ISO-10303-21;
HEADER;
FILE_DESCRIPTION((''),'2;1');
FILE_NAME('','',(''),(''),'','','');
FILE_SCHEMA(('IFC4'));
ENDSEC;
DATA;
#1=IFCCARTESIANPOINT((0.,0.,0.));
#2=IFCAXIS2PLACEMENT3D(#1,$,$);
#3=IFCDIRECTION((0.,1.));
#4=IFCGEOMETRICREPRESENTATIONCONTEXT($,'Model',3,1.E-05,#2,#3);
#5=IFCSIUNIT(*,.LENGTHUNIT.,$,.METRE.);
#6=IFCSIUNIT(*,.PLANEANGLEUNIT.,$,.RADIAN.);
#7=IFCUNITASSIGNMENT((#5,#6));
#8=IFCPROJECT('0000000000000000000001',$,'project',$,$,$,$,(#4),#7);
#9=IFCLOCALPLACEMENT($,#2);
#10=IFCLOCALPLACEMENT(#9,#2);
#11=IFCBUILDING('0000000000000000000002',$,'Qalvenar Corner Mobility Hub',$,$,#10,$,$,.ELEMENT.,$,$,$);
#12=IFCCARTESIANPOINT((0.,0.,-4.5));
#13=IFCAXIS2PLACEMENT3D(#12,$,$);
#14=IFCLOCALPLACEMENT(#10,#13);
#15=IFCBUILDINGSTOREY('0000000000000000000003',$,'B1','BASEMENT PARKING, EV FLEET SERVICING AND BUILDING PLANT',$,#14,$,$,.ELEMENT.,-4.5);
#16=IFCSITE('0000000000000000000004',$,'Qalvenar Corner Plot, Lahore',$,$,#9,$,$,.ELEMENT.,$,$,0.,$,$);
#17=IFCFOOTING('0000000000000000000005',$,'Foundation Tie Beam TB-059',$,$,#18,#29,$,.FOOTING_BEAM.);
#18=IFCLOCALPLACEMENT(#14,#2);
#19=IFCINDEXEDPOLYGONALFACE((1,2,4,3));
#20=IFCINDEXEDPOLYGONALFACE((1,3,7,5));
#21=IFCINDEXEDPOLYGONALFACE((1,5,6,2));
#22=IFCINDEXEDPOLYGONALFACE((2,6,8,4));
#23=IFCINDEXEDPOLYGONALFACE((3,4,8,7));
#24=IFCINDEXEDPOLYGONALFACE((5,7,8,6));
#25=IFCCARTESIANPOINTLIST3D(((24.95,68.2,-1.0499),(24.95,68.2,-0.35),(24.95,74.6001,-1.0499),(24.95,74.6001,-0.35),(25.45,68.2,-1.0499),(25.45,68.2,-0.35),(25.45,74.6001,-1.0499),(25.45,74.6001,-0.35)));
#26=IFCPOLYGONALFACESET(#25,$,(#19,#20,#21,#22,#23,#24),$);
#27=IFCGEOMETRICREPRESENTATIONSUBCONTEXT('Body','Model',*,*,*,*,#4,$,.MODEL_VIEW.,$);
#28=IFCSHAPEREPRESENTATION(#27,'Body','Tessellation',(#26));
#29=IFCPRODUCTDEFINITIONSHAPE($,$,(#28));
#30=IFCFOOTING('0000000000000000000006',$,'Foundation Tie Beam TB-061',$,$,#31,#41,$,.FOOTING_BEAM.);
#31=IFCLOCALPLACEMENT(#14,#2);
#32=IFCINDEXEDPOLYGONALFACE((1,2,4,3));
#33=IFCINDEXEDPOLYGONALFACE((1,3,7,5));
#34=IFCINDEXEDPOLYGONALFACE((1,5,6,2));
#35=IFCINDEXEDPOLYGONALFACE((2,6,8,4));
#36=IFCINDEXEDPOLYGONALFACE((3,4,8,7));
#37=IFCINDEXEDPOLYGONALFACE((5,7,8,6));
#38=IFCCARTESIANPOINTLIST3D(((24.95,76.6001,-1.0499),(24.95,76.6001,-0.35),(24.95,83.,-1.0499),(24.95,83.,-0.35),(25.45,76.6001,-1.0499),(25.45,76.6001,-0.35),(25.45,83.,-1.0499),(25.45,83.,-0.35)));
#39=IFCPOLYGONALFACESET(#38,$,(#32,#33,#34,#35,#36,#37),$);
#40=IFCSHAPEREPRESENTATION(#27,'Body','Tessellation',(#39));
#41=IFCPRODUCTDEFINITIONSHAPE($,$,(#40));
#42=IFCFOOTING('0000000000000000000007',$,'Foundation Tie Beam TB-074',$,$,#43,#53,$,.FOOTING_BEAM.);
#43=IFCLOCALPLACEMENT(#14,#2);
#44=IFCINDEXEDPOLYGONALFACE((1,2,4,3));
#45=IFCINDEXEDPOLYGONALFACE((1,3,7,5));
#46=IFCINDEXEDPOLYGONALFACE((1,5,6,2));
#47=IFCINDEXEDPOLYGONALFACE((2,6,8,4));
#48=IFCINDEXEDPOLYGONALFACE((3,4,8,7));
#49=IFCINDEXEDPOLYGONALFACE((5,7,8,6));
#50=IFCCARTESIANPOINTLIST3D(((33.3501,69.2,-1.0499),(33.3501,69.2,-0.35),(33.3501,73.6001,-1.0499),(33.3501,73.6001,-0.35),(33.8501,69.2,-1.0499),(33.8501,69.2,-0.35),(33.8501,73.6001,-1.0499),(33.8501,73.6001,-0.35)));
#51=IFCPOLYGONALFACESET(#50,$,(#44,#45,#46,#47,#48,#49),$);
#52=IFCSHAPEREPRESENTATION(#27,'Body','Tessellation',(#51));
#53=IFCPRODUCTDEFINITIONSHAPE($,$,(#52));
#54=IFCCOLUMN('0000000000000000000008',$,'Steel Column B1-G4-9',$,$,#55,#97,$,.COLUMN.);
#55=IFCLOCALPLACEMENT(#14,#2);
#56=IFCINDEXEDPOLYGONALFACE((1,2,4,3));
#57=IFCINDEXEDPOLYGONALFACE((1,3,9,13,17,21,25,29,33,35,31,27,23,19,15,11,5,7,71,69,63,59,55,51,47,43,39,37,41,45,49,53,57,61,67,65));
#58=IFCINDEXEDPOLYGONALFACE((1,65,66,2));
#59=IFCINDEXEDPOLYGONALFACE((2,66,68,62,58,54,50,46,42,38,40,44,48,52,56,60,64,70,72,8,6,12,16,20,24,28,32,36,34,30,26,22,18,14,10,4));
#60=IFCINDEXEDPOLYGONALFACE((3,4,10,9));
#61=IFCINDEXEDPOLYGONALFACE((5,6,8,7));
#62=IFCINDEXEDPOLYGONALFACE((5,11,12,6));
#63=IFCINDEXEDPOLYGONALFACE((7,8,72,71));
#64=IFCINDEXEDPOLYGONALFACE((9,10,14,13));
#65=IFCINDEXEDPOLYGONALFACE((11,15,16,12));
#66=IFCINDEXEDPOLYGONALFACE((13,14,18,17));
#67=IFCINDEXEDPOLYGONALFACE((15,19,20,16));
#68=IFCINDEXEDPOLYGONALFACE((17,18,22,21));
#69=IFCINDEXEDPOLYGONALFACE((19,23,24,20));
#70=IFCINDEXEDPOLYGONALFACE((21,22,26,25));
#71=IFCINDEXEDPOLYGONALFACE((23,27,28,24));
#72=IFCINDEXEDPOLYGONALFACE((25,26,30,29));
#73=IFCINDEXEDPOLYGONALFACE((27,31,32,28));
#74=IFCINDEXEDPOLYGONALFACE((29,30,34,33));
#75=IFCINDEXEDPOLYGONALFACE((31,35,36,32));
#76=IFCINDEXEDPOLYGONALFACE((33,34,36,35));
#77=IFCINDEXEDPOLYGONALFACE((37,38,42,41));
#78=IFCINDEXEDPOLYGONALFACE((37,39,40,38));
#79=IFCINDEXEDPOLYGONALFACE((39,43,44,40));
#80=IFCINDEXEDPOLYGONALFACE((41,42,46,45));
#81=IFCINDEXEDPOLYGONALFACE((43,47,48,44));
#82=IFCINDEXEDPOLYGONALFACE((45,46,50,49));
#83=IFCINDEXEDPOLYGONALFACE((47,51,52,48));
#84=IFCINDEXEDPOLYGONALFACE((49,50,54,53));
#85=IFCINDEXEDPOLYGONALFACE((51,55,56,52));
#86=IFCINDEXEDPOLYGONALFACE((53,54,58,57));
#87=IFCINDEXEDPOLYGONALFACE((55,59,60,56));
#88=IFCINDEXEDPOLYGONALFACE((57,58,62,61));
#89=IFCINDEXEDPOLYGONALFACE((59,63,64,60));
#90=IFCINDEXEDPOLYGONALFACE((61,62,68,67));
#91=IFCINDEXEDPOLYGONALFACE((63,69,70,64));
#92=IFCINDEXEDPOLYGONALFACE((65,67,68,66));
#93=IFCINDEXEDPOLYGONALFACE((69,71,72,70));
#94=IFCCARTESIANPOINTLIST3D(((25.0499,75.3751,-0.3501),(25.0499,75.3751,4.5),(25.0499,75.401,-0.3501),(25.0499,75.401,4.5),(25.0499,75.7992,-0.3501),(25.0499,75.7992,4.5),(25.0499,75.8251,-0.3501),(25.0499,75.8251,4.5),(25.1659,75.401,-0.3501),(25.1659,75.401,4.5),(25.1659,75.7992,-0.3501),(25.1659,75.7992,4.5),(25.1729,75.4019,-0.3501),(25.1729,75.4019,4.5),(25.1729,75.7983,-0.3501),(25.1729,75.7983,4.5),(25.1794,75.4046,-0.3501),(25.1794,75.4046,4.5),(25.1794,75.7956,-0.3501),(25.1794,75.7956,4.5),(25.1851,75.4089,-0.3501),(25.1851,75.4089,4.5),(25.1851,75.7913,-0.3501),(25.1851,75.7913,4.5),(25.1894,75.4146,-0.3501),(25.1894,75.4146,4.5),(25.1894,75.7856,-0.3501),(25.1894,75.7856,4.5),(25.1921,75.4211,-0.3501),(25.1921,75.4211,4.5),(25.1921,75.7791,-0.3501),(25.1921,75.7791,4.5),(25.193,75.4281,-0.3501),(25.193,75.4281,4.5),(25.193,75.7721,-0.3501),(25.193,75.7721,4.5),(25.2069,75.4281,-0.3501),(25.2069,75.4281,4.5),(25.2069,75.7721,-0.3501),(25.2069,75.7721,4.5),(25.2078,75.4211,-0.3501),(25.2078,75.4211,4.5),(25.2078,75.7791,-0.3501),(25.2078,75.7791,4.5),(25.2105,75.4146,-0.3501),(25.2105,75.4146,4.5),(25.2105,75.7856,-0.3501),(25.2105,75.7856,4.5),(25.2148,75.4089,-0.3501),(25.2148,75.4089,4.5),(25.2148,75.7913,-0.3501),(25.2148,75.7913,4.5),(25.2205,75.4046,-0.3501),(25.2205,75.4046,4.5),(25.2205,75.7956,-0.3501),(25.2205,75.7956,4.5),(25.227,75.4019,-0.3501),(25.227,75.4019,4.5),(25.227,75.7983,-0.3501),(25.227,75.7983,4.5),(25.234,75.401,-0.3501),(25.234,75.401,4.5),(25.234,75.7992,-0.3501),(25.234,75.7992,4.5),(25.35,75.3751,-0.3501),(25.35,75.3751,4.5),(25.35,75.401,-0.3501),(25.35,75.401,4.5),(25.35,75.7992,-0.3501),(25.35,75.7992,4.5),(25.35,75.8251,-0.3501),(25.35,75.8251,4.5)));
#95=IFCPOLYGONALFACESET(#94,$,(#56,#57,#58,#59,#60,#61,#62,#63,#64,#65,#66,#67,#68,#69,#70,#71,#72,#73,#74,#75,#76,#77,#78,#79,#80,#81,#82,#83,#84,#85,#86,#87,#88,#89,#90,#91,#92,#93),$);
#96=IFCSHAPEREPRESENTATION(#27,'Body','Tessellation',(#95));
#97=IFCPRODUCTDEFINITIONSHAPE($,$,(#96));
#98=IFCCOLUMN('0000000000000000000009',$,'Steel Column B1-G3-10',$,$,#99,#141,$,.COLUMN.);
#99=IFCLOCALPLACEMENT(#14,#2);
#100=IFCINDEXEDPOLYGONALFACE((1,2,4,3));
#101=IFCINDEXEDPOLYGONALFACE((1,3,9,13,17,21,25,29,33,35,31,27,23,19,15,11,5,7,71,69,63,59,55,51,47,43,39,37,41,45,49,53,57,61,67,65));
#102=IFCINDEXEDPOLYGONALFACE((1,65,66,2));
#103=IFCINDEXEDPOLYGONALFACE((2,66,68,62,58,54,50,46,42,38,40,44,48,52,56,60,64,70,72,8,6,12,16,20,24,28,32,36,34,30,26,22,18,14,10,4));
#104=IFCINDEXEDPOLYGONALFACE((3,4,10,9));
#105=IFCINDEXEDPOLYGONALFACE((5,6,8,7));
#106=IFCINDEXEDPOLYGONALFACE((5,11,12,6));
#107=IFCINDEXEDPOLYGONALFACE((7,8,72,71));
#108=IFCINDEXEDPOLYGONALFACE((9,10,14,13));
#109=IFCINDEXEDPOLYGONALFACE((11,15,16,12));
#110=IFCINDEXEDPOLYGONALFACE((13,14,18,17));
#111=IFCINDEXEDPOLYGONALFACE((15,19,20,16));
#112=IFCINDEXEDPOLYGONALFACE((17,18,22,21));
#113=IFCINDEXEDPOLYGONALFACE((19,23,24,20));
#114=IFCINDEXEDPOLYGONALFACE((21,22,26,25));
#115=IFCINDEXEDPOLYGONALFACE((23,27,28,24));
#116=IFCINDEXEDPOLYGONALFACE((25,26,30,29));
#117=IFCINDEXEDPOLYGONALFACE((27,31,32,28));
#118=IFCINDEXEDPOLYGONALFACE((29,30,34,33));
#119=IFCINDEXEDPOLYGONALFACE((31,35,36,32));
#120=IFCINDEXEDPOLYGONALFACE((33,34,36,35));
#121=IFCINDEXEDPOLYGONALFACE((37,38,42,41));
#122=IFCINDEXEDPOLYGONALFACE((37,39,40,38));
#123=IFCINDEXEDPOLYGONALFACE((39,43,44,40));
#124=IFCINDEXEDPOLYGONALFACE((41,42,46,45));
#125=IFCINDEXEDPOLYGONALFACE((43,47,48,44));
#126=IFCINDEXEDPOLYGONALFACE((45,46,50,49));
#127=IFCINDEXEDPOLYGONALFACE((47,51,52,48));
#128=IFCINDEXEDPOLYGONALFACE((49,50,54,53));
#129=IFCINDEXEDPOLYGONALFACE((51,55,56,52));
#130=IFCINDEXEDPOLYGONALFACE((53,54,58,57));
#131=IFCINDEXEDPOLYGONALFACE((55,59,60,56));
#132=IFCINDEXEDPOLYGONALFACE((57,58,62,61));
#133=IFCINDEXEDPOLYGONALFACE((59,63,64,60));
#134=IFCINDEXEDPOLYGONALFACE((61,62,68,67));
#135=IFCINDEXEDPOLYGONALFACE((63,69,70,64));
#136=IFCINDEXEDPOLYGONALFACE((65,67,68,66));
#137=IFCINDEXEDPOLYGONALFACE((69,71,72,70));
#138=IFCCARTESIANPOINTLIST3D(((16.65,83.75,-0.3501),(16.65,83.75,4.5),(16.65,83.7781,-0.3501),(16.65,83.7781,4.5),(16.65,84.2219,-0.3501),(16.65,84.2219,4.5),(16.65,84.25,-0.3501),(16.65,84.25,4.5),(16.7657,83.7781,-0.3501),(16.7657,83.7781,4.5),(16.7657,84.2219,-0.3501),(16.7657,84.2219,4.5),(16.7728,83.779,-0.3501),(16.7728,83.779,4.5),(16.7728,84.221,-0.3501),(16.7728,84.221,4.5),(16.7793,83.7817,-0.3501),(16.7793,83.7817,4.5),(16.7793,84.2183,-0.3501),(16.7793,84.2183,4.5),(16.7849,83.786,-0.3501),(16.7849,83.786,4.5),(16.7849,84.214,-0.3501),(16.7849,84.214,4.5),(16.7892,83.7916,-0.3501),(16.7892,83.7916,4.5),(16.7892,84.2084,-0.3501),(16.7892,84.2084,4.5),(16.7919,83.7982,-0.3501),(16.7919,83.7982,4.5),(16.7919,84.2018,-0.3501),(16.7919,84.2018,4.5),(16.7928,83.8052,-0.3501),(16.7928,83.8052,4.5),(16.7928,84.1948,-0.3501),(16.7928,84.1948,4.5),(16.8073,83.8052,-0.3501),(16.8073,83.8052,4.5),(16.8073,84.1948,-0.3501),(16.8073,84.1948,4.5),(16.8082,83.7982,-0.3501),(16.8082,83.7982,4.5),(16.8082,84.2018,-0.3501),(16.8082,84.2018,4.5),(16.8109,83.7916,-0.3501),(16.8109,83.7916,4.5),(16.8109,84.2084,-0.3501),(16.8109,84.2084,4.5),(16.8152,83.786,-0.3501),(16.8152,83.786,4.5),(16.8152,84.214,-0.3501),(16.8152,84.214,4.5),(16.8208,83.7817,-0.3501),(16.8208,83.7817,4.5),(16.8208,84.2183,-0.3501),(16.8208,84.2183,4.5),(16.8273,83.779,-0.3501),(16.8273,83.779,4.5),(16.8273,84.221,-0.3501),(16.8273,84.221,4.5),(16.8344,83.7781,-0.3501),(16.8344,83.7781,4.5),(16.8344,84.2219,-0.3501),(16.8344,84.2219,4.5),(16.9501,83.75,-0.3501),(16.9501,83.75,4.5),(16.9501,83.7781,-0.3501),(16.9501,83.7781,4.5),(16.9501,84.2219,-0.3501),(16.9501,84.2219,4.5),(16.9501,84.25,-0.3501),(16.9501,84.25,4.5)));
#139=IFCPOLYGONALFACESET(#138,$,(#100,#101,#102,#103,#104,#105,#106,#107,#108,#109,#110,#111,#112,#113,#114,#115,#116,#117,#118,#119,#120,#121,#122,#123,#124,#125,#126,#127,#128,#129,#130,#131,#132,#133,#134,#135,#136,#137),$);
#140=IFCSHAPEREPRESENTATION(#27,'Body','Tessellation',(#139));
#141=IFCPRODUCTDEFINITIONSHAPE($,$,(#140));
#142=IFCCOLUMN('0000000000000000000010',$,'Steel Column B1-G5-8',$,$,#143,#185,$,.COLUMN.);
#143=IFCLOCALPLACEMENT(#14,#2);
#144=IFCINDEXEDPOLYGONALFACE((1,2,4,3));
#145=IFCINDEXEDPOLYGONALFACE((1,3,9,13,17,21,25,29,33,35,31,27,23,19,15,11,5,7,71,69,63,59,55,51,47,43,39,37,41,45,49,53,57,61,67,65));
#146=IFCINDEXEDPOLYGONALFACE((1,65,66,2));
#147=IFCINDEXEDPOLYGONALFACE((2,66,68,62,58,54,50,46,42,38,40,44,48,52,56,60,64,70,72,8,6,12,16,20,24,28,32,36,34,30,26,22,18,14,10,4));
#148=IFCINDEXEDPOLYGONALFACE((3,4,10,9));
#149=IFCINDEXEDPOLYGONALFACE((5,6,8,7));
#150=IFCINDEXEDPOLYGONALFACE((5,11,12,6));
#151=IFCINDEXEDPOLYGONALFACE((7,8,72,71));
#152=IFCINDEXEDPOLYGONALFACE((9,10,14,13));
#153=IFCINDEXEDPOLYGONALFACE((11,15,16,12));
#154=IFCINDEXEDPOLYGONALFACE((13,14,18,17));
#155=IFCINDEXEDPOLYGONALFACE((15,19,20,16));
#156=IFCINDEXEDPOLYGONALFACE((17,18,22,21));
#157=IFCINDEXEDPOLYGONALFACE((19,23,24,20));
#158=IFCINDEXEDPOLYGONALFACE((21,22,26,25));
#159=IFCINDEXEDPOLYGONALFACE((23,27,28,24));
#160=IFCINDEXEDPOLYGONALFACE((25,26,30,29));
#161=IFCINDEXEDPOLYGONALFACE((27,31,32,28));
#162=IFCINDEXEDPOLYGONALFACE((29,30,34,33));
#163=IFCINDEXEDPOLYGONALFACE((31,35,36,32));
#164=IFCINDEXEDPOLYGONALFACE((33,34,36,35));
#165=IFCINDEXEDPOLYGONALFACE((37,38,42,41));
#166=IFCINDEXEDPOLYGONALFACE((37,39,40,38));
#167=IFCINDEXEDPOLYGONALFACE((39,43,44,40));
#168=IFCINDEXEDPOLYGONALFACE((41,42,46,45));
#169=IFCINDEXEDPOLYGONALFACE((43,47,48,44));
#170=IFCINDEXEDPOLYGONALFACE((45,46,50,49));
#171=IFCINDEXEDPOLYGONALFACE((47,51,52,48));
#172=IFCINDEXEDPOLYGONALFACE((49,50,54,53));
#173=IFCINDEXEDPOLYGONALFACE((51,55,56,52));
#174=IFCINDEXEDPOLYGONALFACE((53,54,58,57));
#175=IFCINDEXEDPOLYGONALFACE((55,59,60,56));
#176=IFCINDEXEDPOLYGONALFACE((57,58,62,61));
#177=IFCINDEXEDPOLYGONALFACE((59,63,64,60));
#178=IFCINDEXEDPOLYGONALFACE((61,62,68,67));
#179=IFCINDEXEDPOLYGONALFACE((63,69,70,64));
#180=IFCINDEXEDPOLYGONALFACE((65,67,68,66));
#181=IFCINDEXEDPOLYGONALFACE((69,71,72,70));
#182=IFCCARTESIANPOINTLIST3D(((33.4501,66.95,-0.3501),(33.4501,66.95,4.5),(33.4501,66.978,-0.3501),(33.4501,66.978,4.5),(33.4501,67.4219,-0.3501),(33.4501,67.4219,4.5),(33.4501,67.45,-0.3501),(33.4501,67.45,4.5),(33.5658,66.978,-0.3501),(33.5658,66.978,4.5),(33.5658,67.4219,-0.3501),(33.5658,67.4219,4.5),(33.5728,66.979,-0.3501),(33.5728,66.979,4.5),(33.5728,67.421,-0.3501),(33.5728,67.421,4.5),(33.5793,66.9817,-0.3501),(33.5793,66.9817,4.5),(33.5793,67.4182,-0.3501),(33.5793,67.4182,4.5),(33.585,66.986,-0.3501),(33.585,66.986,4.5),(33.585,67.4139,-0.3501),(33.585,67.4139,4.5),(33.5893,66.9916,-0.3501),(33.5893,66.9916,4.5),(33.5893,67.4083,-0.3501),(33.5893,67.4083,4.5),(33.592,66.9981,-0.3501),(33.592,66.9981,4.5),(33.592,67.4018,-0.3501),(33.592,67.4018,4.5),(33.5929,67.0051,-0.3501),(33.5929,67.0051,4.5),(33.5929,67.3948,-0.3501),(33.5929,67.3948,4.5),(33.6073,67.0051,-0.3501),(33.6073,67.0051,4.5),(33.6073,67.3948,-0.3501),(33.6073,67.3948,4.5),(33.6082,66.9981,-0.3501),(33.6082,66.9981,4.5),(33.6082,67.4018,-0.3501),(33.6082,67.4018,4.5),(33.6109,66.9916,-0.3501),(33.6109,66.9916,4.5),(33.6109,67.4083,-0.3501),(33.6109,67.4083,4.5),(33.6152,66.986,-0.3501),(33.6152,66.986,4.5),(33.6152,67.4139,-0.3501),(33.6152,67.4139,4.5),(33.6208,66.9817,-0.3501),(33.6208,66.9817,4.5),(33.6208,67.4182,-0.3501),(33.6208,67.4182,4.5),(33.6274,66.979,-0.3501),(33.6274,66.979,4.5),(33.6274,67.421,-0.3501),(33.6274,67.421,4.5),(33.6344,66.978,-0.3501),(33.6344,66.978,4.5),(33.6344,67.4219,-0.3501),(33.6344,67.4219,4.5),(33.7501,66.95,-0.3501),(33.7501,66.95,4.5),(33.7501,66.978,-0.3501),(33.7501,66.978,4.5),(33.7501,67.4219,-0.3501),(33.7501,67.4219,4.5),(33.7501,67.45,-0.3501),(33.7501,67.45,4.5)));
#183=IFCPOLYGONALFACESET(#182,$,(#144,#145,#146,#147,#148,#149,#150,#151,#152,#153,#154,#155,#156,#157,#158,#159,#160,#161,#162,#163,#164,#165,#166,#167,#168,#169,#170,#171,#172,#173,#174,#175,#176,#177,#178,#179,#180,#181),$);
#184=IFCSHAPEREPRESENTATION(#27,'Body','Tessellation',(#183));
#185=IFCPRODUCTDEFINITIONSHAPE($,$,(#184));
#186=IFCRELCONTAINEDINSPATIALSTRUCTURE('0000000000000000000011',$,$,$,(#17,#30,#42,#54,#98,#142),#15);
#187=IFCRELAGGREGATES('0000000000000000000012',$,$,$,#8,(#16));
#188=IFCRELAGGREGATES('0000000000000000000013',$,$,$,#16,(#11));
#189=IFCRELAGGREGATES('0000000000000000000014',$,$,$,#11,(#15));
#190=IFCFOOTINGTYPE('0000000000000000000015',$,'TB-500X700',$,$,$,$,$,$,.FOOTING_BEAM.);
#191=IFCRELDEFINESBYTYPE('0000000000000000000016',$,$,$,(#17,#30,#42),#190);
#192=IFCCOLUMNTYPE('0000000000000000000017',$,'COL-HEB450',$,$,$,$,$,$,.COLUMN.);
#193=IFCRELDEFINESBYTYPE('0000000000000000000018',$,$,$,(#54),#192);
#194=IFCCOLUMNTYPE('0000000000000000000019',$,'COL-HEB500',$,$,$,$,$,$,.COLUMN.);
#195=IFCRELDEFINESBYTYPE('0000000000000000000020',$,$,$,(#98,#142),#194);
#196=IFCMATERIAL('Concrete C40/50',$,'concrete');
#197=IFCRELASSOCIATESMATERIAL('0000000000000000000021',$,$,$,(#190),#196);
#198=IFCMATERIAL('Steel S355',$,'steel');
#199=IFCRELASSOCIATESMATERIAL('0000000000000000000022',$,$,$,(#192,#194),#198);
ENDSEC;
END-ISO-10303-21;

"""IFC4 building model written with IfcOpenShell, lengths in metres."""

from ifc_helpers import new_model, si_unit, direction, frame, origin, origin_2d, place, context, subcontext, project, spatial, rectangle, i_section, extrude, material, material_profile, profile_set, type_object, element, save


model = new_model("IFC4")

# Units and contexts
model_context = context("Model", 3, precision=1e-05, world=origin(), true_north=direction((0.0, 1.0)))
body_context = subcontext(model_context, "Body", "Model", "MODEL_VIEW")
ifc_project = project(units=[si_unit("LENGTHUNIT", "METRE"), si_unit("PLANEANGLEUNIT", "RADIAN")], contexts=[model_context])

# Site, building, storey
site_placement = place(None, origin())
site = spatial("IfcSite", under=ifc_project, at=site_placement, Name="Qalvenar Corner Plot, Lahore", CompositionType="ELEMENT", RefElevation=0.0)
building_placement = place(site_placement, origin())
building = spatial("IfcBuilding", under=site, at=building_placement, Name="Qalvenar Corner Mobility Hub", CompositionType="ELEMENT")
storey_placement = place(building_placement, frame((0.0, 0.0, -4.5)))
storey = spatial("IfcBuildingStorey", under=building, at=storey_placement, Name="B1", Description="BASEMENT PARKING, EV FLEET SERVICING AND BUILDING PLANT", CompositionType="ELEMENT", Elevation=-4.5)

# Shared definitions
ifc_material_1 = material(Name="Concrete C40/50", Category="concrete")

# Footings
ifc_material_profile_1 = material_profile(ifc_material_1, rectangle(XDim=0.5, YDim=0.7, at=origin_2d()), Name="RC500x700")
ifc_profile_set_1 = profile_set([ifc_material_profile_1], Name="Concrete C40/50")
footing_type_1 = type_object("IfcFootingType", Name="TB-500X700", PredefinedType="FOOTING_BEAM", material=ifc_profile_set_1)
footing_1_placement = place(storey_placement, frame((25.2, 68.2, -0.7), z_axis=(0.0, 1.0, 0.0), x_axis=(-1.0, 0.0, 0.0)))
element("IfcFooting", 1, at=footing_1_placement, inside=storey, type_object=footing_type_1, Name="Foundation Tie Beam TB-059", PredefinedType="FOOTING_BEAM", context=body_context, shape_type="SweptSolid", body=[
    extrude(rectangle(XDim=0.5, YDim=0.7, at=origin_2d()), origin(), (0.0, 0.0, 1.0), 6.4001),
])
footing_2_placement = place(storey_placement, frame((25.2, 76.6001, -0.7), z_axis=(0.0, 1.0, 0.0), x_axis=(-1.0, 0.0, 0.0)))
element("IfcFooting", 2, at=footing_2_placement, inside=storey, type_object=footing_type_1, Name="Foundation Tie Beam TB-061", PredefinedType="FOOTING_BEAM", context=body_context, shape_type="SweptSolid", body=[
    extrude(rectangle(XDim=0.5, YDim=0.7, at=origin_2d()), origin(), (0.0, 0.0, 1.0), 6.3999),
])
footing_3_placement = place(storey_placement, frame((33.6001, 69.2, -0.7), z_axis=(0.0, 1.0, 0.0), x_axis=(-1.0, 0.0, 0.0)))
element("IfcFooting", 3, at=footing_3_placement, inside=storey, type_object=footing_type_1, Name="Foundation Tie Beam TB-074", PredefinedType="FOOTING_BEAM", context=body_context, shape_type="SweptSolid", body=[
    extrude(rectangle(XDim=0.5, YDim=0.7, at=origin_2d()), origin(), (0.0, 0.0, 1.0), 4.4001),
])

# Columns
ifc_material_2 = material(Name="Steel S355", Category="steel")
ifc_material_profile_2 = material_profile(ifc_material_2, i_section(OverallWidth=0.3, OverallDepth=0.45, WebThickness=0.0139, FlangeThickness=0.0259, FilletRadius=0.0271, at=origin_2d()), Name="HEB450")
ifc_profile_set_2 = profile_set([ifc_material_profile_2], Name="Steel S355")
column_type_1 = type_object("IfcColumnType", Name="COL-HEB450", PredefinedType="COLUMN", material=ifc_profile_set_2)
column_placement = place(storey_placement, frame((25.2, 75.6001, -0.3501), z_axis=(0.0, 0.0, 1.0), x_axis=(1.0, 0.0, 0.0)))
element("IfcColumn", 4, at=column_placement, inside=storey, type_object=column_type_1, Name="Steel Column B1-G4-9", PredefinedType="COLUMN", context=body_context, shape_type="SweptSolid", body=[
    extrude(i_section(OverallWidth=0.3, OverallDepth=0.45, WebThickness=0.0139, FlangeThickness=0.0259, FilletRadius=0.0271, at=origin_2d()), origin(), (0.0, 0.0, 1.0), 4.8501),
])
ifc_material_profile_3 = material_profile(ifc_material_2, i_section(OverallWidth=0.3, OverallDepth=0.5, WebThickness=0.0144, FlangeThickness=0.0281, FilletRadius=0.0271, at=origin_2d()), Name="HEB500")
ifc_profile_set_3 = profile_set([ifc_material_profile_3], Name="Steel S355")
column_type_2 = type_object("IfcColumnType", Name="COL-HEB500", PredefinedType="COLUMN", material=ifc_profile_set_3)
for number, where, z_axis, x_axis, name in (
    (5, (16.8, 84.0, -0.3501), (0.0, 0.0, 1.0), (1.0, 0.0, 0.0), "Steel Column B1-G3-10"),
    (6, (33.6001, 67.2, -0.3501), (0.0, 0.0, 1.0), (1.0, 0.0, 0.0), "Steel Column B1-G5-8"),
):
    element("IfcColumn", number, at=place(storey_placement, frame(where, z_axis=z_axis, x_axis=x_axis)), inside=storey, type_object=column_type_2, Name=name, PredefinedType="COLUMN", context=body_context, shape_type="SweptSolid", body=[
        extrude(i_section(OverallWidth=0.3, OverallDepth=0.5, WebThickness=0.0144, FlangeThickness=0.0281, FilletRadius=0.0271, at=origin_2d()), origin(), (0.0, 0.0, 1.0), 4.8501),
    ])

save(model, "model.ifc")
